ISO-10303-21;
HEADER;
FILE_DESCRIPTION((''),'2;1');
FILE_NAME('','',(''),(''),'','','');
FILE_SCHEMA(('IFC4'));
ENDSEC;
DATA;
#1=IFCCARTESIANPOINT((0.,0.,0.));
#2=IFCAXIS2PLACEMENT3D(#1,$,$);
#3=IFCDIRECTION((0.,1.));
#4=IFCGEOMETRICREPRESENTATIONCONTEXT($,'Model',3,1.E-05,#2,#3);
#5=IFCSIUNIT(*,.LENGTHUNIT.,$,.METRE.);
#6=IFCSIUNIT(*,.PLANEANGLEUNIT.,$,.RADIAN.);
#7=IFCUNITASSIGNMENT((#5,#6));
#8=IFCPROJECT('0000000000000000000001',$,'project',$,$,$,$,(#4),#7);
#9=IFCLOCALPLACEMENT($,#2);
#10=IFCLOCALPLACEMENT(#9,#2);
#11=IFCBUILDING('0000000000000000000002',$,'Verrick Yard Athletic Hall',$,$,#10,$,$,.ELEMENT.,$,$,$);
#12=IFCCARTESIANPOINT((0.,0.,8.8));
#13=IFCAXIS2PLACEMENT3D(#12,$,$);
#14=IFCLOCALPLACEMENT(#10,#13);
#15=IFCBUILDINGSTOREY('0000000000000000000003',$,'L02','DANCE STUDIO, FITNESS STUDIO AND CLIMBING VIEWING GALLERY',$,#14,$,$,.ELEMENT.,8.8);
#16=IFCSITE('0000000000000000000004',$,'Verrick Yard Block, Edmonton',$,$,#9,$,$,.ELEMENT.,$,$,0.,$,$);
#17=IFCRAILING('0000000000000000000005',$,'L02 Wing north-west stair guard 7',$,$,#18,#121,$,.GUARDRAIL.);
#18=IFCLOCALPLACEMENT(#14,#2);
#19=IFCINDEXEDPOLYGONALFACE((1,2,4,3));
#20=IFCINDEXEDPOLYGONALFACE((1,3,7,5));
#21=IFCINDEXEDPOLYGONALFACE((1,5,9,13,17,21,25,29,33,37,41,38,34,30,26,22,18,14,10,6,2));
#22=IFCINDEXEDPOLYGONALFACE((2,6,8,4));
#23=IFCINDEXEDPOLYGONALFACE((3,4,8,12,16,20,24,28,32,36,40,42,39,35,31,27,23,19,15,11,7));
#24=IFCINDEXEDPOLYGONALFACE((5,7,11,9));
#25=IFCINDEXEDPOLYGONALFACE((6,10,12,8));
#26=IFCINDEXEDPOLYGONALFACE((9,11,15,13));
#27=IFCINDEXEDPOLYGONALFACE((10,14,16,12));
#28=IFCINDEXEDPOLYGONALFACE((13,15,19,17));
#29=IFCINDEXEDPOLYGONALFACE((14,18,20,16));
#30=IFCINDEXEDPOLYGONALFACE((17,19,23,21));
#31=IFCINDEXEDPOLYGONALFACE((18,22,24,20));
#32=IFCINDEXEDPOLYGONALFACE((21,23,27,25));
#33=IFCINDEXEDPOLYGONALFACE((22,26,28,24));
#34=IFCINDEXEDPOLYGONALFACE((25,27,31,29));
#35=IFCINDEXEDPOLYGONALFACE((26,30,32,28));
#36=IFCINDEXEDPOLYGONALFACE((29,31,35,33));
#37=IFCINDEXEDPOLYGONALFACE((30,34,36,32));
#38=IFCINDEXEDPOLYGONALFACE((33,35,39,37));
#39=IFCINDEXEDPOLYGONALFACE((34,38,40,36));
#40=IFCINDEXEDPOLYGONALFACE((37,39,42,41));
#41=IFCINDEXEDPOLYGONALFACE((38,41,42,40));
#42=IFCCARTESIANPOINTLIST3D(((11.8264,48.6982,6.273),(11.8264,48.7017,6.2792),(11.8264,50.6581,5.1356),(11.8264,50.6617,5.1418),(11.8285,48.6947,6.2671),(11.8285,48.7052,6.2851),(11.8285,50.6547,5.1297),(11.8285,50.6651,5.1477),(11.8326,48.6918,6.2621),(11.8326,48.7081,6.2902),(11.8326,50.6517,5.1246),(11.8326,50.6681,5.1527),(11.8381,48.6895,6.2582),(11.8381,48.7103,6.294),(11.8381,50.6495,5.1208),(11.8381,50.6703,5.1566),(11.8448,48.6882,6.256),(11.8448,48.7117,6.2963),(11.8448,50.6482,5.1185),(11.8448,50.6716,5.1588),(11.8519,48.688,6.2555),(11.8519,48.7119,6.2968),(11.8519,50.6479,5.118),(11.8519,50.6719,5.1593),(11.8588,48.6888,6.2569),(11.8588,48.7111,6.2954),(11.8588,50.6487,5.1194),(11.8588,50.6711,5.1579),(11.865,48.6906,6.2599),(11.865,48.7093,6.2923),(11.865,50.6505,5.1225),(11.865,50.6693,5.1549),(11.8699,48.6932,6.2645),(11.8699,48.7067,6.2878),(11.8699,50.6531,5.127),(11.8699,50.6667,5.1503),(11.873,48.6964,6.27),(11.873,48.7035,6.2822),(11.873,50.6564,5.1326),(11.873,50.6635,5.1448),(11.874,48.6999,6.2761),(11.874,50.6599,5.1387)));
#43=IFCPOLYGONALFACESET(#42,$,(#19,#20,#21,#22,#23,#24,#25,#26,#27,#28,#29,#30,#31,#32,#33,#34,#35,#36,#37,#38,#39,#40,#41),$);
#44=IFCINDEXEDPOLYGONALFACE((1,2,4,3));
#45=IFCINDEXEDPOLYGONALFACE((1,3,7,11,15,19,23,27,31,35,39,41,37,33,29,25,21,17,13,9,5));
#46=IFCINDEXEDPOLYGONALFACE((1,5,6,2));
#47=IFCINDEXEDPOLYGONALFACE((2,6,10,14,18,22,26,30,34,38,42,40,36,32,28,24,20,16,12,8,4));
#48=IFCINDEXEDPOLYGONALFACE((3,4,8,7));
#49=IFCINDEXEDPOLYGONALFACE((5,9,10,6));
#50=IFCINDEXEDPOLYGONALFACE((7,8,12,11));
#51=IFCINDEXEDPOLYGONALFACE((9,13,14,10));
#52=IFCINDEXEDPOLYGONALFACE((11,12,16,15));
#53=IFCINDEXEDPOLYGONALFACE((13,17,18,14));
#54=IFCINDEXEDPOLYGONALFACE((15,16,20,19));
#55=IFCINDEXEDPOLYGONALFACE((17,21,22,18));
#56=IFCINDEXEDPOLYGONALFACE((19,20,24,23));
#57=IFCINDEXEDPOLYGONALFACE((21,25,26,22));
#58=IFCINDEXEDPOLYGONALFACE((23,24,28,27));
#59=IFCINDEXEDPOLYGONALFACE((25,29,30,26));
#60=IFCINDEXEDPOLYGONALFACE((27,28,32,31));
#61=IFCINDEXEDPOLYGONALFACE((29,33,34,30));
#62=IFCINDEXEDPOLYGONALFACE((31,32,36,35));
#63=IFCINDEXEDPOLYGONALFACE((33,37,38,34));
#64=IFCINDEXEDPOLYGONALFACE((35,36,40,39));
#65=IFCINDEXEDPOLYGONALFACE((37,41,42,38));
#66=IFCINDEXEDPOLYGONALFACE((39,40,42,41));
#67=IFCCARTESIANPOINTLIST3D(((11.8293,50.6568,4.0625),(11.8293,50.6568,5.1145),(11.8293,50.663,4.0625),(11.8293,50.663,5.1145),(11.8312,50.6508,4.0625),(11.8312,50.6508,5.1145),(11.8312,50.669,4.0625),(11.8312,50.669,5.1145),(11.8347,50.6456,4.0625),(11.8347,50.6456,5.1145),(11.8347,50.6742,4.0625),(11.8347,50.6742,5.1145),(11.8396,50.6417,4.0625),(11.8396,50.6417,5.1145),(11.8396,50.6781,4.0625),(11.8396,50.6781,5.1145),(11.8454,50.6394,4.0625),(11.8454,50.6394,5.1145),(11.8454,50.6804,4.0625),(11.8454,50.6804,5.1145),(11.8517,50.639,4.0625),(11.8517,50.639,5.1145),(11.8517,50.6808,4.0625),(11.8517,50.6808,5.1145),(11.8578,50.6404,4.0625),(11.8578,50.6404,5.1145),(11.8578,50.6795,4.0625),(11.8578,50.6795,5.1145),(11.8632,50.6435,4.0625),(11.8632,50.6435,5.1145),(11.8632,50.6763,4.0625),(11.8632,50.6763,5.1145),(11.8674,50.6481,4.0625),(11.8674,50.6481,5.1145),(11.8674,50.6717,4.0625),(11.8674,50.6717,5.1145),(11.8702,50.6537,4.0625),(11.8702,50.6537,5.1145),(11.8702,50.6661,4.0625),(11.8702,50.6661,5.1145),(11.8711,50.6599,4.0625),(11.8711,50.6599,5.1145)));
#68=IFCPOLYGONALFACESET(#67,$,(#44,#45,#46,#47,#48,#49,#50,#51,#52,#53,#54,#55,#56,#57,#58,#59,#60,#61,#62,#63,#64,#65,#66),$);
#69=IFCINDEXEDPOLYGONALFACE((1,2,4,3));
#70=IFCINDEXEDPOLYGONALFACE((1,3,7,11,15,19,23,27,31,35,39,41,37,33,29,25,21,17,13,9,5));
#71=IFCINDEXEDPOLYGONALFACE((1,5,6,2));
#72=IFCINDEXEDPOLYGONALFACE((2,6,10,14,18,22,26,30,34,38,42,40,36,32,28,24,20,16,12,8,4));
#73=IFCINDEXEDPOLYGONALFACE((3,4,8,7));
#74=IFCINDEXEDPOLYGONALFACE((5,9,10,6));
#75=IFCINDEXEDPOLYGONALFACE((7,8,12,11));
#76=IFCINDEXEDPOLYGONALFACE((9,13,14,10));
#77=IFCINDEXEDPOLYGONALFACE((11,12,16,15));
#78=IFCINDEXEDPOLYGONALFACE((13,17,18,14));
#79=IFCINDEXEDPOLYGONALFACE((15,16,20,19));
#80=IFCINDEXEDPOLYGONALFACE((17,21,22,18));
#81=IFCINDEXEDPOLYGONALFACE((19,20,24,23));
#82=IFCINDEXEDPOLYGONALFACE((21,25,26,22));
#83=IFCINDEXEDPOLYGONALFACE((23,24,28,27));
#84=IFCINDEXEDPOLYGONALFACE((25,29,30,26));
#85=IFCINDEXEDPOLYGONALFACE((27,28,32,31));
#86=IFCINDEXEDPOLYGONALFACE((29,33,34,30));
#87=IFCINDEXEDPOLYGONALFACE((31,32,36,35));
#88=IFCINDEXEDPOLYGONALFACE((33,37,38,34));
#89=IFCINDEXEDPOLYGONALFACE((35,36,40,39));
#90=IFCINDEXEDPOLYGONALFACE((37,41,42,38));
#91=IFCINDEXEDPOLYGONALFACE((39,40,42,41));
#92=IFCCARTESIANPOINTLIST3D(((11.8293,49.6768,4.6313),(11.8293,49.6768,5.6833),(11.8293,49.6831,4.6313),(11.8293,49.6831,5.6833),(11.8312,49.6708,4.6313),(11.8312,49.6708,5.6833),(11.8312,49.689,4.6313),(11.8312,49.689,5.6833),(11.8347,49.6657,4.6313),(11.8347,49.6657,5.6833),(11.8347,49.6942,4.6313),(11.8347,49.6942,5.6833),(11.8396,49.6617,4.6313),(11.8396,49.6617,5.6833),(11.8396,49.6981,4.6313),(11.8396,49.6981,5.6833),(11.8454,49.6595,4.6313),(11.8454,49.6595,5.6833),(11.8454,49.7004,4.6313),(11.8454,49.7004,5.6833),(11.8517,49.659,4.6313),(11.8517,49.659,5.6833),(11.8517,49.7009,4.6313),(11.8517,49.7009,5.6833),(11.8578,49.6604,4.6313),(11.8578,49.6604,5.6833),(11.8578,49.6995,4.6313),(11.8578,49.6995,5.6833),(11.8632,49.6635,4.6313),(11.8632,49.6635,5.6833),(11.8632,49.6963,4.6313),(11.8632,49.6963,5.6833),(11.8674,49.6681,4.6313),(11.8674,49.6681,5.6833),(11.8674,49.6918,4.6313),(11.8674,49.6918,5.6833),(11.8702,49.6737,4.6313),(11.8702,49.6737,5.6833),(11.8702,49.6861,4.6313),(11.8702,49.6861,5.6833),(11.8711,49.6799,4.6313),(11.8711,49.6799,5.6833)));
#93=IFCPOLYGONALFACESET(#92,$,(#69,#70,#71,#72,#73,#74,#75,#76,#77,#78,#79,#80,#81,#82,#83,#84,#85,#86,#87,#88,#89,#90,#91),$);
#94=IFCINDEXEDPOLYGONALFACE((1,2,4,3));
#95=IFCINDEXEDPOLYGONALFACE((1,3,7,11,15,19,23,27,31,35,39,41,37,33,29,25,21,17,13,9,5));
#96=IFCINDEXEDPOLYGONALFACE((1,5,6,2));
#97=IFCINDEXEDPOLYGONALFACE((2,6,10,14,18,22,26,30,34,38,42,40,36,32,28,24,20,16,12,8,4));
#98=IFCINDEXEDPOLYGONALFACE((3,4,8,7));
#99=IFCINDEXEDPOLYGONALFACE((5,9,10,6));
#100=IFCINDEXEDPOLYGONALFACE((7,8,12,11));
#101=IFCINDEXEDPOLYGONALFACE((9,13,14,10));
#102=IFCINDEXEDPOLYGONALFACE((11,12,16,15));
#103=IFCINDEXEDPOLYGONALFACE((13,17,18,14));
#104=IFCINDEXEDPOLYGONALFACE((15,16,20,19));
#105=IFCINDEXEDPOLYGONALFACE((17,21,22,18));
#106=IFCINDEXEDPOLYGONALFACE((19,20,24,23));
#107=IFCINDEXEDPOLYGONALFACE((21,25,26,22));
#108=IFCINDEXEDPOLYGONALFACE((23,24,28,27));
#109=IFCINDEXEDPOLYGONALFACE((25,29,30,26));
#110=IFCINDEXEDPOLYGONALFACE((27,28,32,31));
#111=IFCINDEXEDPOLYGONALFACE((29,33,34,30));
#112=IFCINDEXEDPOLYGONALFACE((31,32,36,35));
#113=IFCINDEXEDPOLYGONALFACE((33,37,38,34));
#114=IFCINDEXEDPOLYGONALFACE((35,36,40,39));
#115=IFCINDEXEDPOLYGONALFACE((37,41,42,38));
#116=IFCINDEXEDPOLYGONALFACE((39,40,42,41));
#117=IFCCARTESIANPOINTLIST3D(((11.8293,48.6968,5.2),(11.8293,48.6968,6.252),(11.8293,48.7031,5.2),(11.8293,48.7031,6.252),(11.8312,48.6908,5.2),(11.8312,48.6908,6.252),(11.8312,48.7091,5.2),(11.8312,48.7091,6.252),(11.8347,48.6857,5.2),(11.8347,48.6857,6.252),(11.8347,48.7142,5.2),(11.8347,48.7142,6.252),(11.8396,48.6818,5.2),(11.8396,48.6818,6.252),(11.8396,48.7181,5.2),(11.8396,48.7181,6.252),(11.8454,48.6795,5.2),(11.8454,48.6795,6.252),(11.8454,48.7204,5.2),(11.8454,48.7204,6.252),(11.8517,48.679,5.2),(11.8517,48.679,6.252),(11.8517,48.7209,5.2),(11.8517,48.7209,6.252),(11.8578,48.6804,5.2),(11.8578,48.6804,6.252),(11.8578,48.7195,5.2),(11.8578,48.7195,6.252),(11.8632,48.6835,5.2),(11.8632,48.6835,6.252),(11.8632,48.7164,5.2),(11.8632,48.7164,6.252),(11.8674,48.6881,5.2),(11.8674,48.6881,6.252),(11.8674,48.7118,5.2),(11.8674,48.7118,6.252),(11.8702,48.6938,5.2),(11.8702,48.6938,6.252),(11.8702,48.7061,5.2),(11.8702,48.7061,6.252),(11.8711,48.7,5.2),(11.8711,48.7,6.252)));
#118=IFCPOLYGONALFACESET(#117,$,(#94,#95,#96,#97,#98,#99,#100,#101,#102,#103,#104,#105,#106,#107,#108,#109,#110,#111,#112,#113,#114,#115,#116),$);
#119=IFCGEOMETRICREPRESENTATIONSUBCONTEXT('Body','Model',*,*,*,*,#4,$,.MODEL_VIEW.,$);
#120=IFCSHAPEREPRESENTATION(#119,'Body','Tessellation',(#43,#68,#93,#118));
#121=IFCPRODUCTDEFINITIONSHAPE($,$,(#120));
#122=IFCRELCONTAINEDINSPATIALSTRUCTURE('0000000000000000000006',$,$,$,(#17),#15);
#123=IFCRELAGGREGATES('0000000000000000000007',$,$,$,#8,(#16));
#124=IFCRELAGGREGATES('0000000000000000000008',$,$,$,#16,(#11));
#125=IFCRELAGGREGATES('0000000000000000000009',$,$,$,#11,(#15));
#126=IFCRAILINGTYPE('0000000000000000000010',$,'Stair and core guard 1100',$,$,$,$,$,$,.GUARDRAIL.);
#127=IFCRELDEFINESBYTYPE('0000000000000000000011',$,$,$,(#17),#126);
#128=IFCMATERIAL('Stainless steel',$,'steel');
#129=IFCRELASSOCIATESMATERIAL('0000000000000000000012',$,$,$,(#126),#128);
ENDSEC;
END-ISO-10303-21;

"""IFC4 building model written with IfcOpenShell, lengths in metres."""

from ifc_helpers import new_model, si_unit, direction, frame, origin, origin_2d, place, context, subcontext, project, spatial, circle, extrude, material, type_object, element, save


model = new_model("IFC4")

# Units and contexts
model_context = context("Model", 3, precision=1e-05, world=origin(), true_north=direction((0.0, 1.0)))
body_context = subcontext(model_context, "Body", "Model", "MODEL_VIEW")
ifc_project = project(units=[si_unit("LENGTHUNIT", "METRE"), si_unit("PLANEANGLEUNIT", "RADIAN")], contexts=[model_context])

# Site, building, storey
site_placement = place(None, origin())
site = spatial("IfcSite", under=ifc_project, at=site_placement, Name="Verrick Yard Block, Edmonton", CompositionType="ELEMENT", RefElevation=0.0)
building_placement = place(site_placement, origin())
building = spatial("IfcBuilding", under=site, at=building_placement, Name="Verrick Yard Athletic Hall", CompositionType="ELEMENT")
storey_placement = place(building_placement, frame((0.0, 0.0, 8.8)))
storey = spatial("IfcBuildingStorey", under=building, at=storey_placement, Name="L02", Description="DANCE STUDIO, FITNESS STUDIO AND CLIMBING VIEWING GALLERY", CompositionType="ELEMENT", Elevation=8.8)

# Railing
ifc_material_1 = material(Name="Stainless steel", Category="steel")
railing_type_1 = type_object("IfcRailingType", Name="Stair and core guard 1100", PredefinedType="GUARDRAIL", material=ifc_material_1)
railing_1_placement = place(storey_placement, frame((11.8501, 50.6599, 4.0625)))
element("IfcRailing", 1, at=railing_1_placement, inside=storey, type_object=railing_type_1, Name="L02 Wing north-west stair guard 7", PredefinedType="GUARDRAIL", context=body_context, shape_type="SweptSolid", body=[
    extrude(circle(Radius=0.0239, at=origin_2d()), frame((0.0, 0.0, 1.0762), z_axis=(0.0, -0.864902, 0.501941), x_axis=(1.0, 0.0, 0.0)), (0.0, 0.0, 1.0), 2.2661),
    extrude(circle(Radius=0.021, at=origin_2d()), origin(), (0.0, 0.0, 1.0), 1.052),
    extrude(circle(Radius=0.021, at=origin_2d()), frame((0.0, -0.98, 0.5688)), (0.0, 0.0, 1.0), 1.052),
    extrude(circle(Radius=0.021, at=origin_2d()), frame((0.0, -1.96, 1.1375)), (0.0, 0.0, 1.0), 1.052),
])

save(model, "model.ifc")
